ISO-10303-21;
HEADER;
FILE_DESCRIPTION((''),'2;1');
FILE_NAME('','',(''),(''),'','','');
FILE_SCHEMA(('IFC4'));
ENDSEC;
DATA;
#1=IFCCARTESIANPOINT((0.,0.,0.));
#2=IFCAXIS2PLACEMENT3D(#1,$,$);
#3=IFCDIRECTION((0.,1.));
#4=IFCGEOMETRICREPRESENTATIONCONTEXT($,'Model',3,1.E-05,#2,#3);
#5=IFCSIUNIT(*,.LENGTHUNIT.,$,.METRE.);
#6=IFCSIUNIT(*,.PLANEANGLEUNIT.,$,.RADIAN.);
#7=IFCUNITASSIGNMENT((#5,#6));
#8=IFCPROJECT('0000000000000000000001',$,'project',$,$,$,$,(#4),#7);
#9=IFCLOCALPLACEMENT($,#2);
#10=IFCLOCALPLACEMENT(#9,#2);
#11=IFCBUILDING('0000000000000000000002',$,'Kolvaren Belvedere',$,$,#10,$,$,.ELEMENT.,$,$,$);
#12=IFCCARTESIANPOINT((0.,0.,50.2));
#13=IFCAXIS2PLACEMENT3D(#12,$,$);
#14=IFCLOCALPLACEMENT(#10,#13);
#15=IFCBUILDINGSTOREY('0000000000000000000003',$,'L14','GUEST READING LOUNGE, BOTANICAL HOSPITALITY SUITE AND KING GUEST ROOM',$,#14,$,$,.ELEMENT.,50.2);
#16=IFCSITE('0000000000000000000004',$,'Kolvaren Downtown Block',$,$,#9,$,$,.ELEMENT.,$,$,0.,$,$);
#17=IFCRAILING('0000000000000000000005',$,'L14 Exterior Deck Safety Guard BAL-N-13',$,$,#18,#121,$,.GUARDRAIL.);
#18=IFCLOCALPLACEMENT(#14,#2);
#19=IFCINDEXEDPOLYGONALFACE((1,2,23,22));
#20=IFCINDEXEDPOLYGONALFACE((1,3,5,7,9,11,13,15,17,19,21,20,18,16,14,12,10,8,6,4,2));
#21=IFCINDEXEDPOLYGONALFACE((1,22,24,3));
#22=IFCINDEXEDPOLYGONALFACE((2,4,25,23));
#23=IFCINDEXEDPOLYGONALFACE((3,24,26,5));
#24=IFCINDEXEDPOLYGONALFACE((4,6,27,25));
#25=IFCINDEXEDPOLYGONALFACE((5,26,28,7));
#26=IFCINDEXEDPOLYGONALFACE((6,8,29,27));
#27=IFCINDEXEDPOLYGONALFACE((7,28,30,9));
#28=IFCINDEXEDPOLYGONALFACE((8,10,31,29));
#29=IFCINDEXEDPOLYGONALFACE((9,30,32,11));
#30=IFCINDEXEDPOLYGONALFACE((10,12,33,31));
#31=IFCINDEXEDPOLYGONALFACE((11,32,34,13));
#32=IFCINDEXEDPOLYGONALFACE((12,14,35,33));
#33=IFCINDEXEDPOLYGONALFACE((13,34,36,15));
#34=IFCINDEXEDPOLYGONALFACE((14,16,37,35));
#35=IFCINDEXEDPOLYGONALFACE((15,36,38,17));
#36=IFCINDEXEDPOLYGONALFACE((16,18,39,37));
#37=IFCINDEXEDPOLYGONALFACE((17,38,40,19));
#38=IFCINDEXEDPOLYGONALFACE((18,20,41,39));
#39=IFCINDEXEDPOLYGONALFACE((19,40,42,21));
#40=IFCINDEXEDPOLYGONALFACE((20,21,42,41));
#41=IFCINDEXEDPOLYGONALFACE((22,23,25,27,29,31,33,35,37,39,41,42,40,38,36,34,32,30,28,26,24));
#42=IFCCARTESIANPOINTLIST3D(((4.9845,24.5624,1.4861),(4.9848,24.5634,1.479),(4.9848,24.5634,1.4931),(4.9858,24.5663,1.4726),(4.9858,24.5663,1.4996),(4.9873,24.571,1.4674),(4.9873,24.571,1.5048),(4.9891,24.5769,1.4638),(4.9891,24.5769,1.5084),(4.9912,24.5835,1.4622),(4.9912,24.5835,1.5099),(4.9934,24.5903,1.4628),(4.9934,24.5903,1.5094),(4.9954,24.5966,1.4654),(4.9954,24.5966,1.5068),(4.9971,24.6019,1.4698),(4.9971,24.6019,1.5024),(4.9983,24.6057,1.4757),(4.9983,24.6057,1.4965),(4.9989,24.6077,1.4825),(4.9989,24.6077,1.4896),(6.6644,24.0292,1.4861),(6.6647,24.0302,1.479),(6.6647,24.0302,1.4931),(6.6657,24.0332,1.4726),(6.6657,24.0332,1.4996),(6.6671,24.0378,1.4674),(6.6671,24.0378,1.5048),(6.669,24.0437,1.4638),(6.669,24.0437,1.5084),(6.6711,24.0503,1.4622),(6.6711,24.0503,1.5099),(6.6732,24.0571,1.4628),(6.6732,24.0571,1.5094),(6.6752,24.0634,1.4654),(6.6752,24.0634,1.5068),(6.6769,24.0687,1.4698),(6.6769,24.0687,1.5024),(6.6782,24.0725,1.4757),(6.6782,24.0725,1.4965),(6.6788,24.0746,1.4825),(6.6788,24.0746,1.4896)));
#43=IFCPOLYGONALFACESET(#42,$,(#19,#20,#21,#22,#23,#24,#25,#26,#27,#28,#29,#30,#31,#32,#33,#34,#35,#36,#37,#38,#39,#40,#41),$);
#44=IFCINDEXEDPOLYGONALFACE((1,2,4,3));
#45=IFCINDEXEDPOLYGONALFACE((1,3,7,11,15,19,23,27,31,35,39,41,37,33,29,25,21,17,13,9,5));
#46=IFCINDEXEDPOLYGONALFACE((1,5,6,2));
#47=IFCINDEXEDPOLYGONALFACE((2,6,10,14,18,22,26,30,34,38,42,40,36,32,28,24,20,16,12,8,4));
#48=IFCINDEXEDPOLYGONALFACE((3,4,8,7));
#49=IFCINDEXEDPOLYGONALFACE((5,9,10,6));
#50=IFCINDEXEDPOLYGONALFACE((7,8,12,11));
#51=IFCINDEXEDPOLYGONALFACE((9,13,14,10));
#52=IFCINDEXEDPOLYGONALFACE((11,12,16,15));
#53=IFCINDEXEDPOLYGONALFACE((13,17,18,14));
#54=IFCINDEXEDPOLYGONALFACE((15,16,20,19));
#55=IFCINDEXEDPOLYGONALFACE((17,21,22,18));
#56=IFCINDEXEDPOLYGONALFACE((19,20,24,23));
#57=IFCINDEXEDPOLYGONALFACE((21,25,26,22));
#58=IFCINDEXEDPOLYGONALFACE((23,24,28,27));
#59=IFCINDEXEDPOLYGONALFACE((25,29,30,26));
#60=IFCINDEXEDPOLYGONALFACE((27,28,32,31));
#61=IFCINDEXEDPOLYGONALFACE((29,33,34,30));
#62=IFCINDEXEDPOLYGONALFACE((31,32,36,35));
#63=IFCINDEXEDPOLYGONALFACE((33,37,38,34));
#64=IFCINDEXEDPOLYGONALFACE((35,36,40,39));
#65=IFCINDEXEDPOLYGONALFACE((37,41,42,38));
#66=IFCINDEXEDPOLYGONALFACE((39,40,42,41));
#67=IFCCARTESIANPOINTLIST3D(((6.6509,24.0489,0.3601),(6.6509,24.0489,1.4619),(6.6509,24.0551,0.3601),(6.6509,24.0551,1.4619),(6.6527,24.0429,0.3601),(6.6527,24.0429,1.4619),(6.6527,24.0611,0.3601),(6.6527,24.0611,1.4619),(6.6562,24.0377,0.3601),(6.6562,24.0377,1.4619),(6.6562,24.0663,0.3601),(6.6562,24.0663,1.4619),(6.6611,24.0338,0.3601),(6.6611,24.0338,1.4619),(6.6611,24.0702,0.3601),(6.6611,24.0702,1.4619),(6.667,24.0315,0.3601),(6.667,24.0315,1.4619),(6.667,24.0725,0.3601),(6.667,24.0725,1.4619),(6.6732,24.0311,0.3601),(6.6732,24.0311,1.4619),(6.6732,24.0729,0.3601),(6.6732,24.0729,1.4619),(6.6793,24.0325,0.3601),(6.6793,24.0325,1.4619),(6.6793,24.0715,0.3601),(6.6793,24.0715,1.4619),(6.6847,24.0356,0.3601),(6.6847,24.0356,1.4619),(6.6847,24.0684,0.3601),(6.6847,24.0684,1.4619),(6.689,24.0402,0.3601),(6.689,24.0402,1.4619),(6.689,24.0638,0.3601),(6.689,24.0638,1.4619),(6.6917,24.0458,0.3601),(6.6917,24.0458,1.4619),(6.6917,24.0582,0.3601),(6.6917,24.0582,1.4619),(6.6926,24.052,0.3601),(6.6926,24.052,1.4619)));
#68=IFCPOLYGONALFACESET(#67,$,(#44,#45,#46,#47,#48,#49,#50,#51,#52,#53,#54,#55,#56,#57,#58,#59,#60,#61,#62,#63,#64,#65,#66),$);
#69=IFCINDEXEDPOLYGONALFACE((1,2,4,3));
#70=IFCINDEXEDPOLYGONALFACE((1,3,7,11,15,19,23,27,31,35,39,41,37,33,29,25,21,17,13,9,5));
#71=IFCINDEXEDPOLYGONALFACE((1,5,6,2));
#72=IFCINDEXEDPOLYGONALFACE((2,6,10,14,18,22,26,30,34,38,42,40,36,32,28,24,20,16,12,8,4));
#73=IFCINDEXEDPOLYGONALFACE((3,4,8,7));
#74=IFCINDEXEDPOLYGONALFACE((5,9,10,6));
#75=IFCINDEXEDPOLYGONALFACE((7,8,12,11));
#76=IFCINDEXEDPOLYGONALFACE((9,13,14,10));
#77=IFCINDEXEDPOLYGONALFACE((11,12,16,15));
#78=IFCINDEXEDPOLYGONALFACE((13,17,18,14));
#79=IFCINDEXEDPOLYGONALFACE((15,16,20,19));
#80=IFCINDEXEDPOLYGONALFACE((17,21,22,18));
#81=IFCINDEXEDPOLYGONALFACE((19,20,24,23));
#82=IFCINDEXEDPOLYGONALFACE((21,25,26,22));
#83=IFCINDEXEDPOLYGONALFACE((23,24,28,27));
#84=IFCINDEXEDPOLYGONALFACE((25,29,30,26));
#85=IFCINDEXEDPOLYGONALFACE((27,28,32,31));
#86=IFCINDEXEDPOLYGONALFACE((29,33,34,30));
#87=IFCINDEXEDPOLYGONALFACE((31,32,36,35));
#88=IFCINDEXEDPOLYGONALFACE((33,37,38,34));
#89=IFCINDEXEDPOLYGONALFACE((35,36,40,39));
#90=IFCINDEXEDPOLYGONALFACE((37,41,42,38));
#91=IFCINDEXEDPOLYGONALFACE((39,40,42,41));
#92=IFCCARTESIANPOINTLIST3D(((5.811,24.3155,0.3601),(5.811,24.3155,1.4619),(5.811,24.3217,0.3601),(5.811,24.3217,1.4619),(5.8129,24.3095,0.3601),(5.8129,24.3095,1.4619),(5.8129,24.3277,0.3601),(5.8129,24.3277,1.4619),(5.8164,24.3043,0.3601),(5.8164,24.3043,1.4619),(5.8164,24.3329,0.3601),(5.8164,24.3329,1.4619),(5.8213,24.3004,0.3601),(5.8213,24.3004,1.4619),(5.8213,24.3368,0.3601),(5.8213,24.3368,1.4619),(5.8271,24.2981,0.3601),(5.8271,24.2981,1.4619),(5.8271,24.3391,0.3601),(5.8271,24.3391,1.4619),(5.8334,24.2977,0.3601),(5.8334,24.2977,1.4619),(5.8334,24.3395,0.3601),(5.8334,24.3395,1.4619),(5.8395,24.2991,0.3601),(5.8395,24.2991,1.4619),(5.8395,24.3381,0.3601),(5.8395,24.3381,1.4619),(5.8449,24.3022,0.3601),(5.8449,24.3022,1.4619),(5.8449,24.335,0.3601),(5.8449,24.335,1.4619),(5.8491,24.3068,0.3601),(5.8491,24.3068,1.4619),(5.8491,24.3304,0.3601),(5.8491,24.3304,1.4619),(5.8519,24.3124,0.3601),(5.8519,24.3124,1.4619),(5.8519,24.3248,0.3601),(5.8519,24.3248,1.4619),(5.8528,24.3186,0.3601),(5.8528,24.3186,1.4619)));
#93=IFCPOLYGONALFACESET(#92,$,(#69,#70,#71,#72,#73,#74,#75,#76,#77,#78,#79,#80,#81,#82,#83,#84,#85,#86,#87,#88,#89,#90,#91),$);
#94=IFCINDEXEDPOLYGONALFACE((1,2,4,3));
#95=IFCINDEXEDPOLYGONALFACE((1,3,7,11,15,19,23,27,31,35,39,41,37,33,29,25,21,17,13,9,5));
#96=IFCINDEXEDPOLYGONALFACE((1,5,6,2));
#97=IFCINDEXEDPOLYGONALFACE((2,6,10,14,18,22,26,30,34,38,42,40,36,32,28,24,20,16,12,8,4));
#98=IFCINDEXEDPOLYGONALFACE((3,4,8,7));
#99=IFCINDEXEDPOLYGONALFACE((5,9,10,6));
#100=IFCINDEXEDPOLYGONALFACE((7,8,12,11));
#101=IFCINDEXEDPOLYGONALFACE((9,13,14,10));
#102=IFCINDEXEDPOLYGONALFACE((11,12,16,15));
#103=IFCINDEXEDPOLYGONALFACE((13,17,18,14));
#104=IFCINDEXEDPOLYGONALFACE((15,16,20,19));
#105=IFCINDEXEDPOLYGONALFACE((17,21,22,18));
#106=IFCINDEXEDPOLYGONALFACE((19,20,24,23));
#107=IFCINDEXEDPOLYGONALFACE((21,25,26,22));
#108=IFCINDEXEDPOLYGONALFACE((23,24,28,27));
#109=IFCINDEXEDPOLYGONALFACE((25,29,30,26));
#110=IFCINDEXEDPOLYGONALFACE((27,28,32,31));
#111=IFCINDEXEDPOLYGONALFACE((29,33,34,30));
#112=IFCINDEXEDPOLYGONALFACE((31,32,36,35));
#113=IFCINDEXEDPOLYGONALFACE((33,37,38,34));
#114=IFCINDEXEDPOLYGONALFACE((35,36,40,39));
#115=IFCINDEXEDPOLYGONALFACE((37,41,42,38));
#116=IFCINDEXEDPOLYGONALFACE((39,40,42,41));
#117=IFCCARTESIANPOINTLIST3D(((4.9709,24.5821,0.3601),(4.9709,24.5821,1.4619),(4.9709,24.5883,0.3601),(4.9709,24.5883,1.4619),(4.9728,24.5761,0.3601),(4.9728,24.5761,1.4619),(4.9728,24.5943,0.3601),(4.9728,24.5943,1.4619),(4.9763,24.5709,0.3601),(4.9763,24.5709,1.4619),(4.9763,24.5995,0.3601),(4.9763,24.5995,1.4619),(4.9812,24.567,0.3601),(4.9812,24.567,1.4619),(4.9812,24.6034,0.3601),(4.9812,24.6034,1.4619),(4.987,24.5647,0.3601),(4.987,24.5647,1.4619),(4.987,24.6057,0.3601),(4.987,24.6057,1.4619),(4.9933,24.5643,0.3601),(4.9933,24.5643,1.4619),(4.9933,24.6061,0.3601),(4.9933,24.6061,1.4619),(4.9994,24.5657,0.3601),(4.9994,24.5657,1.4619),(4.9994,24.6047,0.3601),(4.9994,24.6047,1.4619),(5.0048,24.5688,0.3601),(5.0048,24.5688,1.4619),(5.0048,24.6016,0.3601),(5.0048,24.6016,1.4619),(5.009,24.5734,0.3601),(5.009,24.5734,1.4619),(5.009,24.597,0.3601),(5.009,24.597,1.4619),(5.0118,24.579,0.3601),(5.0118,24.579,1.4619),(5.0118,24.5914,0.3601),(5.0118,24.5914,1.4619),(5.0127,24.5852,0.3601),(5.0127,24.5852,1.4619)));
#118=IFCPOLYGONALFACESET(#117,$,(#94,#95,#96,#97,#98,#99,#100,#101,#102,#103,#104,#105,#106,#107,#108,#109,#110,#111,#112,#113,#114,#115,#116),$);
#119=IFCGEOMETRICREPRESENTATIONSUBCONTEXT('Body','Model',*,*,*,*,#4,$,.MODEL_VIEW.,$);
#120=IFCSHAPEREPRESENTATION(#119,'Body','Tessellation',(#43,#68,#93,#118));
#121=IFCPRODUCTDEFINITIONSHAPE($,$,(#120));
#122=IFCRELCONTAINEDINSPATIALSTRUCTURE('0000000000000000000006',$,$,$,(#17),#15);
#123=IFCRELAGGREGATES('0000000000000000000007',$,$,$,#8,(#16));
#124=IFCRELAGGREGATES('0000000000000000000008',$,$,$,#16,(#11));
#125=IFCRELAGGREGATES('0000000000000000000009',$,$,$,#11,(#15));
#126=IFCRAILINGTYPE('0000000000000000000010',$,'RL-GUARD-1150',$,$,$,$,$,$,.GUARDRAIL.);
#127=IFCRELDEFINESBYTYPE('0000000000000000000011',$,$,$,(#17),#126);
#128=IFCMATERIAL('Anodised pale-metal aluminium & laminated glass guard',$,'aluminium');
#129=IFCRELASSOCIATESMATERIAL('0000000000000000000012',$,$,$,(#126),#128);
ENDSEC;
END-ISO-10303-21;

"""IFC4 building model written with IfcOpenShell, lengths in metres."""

from ifc_helpers import new_model, si_unit, direction, frame, origin, origin_2d, place, context, subcontext, project, spatial, circle, extrude, material, type_object, element, save


model = new_model("IFC4")

# Units and contexts
model_context = context("Model", 3, precision=1e-05, world=origin(), true_north=direction((0.0, 1.0)))
body_context = subcontext(model_context, "Body", "Model", "MODEL_VIEW")
ifc_project = project(units=[si_unit("LENGTHUNIT", "METRE"), si_unit("PLANEANGLEUNIT", "RADIAN")], contexts=[model_context])

# Site, building, storey
site_placement = place(None, origin())
site = spatial("IfcSite", under=ifc_project, at=site_placement, Name="Kolvaren Downtown Block", CompositionType="ELEMENT", RefElevation=0.0)
building_placement = place(site_placement, origin())
building = spatial("IfcBuilding", under=site, at=building_placement, Name="Kolvaren Belvedere", CompositionType="ELEMENT")
storey_placement = place(building_placement, frame((0.0, 0.0, 50.2)))
storey = spatial("IfcBuildingStorey", under=building, at=storey_placement, Name="L14", Description="GUEST READING LOUNGE, BOTANICAL HOSPITALITY SUITE AND KING GUEST ROOM", CompositionType="ELEMENT", Elevation=50.2)

# Railing
ifc_material_1 = material(Name="Anodised pale-metal aluminium & laminated glass guard", Category="aluminium")
railing_type = type_object("IfcRailingType", Name="RL-GUARD-1150", PredefinedType="GUARDRAIL", material=ifc_material_1)
railing_1_placement = place(storey_placement, frame((6.6716, 24.052, 0.3601)))
element("IfcRailing", 1, at=railing_1_placement, inside=storey, type_object=railing_type, Name="L14 Exterior Deck Safety Guard BAL-N-13", PredefinedType="GUARDRAIL", context=body_context, shape_type="SweptSolid", body=[
    extrude(circle(Radius=0.0239, at=origin_2d()), frame((0.0, 0.0, 1.126), z_axis=(-0.953142, 0.302523, 0.0), x_axis=(-0.302523, -0.953142, 0.0)), (0.0, 0.0, 1.0), 1.7625),
    extrude(circle(Radius=0.021, at=origin_2d()), origin(), (0.0, 0.0, 1.0), 1.1018),
    extrude(circle(Radius=0.021, at=origin_2d()), frame((-0.8398, 0.2666, 0.0)), (0.0, 0.0, 1.0), 1.1018),
    extrude(circle(Radius=0.021, at=origin_2d()), frame((-1.6799, 0.5332, 0.0)), (0.0, 0.0, 1.0), 1.1018),
])

save(model, "model.ifc")
